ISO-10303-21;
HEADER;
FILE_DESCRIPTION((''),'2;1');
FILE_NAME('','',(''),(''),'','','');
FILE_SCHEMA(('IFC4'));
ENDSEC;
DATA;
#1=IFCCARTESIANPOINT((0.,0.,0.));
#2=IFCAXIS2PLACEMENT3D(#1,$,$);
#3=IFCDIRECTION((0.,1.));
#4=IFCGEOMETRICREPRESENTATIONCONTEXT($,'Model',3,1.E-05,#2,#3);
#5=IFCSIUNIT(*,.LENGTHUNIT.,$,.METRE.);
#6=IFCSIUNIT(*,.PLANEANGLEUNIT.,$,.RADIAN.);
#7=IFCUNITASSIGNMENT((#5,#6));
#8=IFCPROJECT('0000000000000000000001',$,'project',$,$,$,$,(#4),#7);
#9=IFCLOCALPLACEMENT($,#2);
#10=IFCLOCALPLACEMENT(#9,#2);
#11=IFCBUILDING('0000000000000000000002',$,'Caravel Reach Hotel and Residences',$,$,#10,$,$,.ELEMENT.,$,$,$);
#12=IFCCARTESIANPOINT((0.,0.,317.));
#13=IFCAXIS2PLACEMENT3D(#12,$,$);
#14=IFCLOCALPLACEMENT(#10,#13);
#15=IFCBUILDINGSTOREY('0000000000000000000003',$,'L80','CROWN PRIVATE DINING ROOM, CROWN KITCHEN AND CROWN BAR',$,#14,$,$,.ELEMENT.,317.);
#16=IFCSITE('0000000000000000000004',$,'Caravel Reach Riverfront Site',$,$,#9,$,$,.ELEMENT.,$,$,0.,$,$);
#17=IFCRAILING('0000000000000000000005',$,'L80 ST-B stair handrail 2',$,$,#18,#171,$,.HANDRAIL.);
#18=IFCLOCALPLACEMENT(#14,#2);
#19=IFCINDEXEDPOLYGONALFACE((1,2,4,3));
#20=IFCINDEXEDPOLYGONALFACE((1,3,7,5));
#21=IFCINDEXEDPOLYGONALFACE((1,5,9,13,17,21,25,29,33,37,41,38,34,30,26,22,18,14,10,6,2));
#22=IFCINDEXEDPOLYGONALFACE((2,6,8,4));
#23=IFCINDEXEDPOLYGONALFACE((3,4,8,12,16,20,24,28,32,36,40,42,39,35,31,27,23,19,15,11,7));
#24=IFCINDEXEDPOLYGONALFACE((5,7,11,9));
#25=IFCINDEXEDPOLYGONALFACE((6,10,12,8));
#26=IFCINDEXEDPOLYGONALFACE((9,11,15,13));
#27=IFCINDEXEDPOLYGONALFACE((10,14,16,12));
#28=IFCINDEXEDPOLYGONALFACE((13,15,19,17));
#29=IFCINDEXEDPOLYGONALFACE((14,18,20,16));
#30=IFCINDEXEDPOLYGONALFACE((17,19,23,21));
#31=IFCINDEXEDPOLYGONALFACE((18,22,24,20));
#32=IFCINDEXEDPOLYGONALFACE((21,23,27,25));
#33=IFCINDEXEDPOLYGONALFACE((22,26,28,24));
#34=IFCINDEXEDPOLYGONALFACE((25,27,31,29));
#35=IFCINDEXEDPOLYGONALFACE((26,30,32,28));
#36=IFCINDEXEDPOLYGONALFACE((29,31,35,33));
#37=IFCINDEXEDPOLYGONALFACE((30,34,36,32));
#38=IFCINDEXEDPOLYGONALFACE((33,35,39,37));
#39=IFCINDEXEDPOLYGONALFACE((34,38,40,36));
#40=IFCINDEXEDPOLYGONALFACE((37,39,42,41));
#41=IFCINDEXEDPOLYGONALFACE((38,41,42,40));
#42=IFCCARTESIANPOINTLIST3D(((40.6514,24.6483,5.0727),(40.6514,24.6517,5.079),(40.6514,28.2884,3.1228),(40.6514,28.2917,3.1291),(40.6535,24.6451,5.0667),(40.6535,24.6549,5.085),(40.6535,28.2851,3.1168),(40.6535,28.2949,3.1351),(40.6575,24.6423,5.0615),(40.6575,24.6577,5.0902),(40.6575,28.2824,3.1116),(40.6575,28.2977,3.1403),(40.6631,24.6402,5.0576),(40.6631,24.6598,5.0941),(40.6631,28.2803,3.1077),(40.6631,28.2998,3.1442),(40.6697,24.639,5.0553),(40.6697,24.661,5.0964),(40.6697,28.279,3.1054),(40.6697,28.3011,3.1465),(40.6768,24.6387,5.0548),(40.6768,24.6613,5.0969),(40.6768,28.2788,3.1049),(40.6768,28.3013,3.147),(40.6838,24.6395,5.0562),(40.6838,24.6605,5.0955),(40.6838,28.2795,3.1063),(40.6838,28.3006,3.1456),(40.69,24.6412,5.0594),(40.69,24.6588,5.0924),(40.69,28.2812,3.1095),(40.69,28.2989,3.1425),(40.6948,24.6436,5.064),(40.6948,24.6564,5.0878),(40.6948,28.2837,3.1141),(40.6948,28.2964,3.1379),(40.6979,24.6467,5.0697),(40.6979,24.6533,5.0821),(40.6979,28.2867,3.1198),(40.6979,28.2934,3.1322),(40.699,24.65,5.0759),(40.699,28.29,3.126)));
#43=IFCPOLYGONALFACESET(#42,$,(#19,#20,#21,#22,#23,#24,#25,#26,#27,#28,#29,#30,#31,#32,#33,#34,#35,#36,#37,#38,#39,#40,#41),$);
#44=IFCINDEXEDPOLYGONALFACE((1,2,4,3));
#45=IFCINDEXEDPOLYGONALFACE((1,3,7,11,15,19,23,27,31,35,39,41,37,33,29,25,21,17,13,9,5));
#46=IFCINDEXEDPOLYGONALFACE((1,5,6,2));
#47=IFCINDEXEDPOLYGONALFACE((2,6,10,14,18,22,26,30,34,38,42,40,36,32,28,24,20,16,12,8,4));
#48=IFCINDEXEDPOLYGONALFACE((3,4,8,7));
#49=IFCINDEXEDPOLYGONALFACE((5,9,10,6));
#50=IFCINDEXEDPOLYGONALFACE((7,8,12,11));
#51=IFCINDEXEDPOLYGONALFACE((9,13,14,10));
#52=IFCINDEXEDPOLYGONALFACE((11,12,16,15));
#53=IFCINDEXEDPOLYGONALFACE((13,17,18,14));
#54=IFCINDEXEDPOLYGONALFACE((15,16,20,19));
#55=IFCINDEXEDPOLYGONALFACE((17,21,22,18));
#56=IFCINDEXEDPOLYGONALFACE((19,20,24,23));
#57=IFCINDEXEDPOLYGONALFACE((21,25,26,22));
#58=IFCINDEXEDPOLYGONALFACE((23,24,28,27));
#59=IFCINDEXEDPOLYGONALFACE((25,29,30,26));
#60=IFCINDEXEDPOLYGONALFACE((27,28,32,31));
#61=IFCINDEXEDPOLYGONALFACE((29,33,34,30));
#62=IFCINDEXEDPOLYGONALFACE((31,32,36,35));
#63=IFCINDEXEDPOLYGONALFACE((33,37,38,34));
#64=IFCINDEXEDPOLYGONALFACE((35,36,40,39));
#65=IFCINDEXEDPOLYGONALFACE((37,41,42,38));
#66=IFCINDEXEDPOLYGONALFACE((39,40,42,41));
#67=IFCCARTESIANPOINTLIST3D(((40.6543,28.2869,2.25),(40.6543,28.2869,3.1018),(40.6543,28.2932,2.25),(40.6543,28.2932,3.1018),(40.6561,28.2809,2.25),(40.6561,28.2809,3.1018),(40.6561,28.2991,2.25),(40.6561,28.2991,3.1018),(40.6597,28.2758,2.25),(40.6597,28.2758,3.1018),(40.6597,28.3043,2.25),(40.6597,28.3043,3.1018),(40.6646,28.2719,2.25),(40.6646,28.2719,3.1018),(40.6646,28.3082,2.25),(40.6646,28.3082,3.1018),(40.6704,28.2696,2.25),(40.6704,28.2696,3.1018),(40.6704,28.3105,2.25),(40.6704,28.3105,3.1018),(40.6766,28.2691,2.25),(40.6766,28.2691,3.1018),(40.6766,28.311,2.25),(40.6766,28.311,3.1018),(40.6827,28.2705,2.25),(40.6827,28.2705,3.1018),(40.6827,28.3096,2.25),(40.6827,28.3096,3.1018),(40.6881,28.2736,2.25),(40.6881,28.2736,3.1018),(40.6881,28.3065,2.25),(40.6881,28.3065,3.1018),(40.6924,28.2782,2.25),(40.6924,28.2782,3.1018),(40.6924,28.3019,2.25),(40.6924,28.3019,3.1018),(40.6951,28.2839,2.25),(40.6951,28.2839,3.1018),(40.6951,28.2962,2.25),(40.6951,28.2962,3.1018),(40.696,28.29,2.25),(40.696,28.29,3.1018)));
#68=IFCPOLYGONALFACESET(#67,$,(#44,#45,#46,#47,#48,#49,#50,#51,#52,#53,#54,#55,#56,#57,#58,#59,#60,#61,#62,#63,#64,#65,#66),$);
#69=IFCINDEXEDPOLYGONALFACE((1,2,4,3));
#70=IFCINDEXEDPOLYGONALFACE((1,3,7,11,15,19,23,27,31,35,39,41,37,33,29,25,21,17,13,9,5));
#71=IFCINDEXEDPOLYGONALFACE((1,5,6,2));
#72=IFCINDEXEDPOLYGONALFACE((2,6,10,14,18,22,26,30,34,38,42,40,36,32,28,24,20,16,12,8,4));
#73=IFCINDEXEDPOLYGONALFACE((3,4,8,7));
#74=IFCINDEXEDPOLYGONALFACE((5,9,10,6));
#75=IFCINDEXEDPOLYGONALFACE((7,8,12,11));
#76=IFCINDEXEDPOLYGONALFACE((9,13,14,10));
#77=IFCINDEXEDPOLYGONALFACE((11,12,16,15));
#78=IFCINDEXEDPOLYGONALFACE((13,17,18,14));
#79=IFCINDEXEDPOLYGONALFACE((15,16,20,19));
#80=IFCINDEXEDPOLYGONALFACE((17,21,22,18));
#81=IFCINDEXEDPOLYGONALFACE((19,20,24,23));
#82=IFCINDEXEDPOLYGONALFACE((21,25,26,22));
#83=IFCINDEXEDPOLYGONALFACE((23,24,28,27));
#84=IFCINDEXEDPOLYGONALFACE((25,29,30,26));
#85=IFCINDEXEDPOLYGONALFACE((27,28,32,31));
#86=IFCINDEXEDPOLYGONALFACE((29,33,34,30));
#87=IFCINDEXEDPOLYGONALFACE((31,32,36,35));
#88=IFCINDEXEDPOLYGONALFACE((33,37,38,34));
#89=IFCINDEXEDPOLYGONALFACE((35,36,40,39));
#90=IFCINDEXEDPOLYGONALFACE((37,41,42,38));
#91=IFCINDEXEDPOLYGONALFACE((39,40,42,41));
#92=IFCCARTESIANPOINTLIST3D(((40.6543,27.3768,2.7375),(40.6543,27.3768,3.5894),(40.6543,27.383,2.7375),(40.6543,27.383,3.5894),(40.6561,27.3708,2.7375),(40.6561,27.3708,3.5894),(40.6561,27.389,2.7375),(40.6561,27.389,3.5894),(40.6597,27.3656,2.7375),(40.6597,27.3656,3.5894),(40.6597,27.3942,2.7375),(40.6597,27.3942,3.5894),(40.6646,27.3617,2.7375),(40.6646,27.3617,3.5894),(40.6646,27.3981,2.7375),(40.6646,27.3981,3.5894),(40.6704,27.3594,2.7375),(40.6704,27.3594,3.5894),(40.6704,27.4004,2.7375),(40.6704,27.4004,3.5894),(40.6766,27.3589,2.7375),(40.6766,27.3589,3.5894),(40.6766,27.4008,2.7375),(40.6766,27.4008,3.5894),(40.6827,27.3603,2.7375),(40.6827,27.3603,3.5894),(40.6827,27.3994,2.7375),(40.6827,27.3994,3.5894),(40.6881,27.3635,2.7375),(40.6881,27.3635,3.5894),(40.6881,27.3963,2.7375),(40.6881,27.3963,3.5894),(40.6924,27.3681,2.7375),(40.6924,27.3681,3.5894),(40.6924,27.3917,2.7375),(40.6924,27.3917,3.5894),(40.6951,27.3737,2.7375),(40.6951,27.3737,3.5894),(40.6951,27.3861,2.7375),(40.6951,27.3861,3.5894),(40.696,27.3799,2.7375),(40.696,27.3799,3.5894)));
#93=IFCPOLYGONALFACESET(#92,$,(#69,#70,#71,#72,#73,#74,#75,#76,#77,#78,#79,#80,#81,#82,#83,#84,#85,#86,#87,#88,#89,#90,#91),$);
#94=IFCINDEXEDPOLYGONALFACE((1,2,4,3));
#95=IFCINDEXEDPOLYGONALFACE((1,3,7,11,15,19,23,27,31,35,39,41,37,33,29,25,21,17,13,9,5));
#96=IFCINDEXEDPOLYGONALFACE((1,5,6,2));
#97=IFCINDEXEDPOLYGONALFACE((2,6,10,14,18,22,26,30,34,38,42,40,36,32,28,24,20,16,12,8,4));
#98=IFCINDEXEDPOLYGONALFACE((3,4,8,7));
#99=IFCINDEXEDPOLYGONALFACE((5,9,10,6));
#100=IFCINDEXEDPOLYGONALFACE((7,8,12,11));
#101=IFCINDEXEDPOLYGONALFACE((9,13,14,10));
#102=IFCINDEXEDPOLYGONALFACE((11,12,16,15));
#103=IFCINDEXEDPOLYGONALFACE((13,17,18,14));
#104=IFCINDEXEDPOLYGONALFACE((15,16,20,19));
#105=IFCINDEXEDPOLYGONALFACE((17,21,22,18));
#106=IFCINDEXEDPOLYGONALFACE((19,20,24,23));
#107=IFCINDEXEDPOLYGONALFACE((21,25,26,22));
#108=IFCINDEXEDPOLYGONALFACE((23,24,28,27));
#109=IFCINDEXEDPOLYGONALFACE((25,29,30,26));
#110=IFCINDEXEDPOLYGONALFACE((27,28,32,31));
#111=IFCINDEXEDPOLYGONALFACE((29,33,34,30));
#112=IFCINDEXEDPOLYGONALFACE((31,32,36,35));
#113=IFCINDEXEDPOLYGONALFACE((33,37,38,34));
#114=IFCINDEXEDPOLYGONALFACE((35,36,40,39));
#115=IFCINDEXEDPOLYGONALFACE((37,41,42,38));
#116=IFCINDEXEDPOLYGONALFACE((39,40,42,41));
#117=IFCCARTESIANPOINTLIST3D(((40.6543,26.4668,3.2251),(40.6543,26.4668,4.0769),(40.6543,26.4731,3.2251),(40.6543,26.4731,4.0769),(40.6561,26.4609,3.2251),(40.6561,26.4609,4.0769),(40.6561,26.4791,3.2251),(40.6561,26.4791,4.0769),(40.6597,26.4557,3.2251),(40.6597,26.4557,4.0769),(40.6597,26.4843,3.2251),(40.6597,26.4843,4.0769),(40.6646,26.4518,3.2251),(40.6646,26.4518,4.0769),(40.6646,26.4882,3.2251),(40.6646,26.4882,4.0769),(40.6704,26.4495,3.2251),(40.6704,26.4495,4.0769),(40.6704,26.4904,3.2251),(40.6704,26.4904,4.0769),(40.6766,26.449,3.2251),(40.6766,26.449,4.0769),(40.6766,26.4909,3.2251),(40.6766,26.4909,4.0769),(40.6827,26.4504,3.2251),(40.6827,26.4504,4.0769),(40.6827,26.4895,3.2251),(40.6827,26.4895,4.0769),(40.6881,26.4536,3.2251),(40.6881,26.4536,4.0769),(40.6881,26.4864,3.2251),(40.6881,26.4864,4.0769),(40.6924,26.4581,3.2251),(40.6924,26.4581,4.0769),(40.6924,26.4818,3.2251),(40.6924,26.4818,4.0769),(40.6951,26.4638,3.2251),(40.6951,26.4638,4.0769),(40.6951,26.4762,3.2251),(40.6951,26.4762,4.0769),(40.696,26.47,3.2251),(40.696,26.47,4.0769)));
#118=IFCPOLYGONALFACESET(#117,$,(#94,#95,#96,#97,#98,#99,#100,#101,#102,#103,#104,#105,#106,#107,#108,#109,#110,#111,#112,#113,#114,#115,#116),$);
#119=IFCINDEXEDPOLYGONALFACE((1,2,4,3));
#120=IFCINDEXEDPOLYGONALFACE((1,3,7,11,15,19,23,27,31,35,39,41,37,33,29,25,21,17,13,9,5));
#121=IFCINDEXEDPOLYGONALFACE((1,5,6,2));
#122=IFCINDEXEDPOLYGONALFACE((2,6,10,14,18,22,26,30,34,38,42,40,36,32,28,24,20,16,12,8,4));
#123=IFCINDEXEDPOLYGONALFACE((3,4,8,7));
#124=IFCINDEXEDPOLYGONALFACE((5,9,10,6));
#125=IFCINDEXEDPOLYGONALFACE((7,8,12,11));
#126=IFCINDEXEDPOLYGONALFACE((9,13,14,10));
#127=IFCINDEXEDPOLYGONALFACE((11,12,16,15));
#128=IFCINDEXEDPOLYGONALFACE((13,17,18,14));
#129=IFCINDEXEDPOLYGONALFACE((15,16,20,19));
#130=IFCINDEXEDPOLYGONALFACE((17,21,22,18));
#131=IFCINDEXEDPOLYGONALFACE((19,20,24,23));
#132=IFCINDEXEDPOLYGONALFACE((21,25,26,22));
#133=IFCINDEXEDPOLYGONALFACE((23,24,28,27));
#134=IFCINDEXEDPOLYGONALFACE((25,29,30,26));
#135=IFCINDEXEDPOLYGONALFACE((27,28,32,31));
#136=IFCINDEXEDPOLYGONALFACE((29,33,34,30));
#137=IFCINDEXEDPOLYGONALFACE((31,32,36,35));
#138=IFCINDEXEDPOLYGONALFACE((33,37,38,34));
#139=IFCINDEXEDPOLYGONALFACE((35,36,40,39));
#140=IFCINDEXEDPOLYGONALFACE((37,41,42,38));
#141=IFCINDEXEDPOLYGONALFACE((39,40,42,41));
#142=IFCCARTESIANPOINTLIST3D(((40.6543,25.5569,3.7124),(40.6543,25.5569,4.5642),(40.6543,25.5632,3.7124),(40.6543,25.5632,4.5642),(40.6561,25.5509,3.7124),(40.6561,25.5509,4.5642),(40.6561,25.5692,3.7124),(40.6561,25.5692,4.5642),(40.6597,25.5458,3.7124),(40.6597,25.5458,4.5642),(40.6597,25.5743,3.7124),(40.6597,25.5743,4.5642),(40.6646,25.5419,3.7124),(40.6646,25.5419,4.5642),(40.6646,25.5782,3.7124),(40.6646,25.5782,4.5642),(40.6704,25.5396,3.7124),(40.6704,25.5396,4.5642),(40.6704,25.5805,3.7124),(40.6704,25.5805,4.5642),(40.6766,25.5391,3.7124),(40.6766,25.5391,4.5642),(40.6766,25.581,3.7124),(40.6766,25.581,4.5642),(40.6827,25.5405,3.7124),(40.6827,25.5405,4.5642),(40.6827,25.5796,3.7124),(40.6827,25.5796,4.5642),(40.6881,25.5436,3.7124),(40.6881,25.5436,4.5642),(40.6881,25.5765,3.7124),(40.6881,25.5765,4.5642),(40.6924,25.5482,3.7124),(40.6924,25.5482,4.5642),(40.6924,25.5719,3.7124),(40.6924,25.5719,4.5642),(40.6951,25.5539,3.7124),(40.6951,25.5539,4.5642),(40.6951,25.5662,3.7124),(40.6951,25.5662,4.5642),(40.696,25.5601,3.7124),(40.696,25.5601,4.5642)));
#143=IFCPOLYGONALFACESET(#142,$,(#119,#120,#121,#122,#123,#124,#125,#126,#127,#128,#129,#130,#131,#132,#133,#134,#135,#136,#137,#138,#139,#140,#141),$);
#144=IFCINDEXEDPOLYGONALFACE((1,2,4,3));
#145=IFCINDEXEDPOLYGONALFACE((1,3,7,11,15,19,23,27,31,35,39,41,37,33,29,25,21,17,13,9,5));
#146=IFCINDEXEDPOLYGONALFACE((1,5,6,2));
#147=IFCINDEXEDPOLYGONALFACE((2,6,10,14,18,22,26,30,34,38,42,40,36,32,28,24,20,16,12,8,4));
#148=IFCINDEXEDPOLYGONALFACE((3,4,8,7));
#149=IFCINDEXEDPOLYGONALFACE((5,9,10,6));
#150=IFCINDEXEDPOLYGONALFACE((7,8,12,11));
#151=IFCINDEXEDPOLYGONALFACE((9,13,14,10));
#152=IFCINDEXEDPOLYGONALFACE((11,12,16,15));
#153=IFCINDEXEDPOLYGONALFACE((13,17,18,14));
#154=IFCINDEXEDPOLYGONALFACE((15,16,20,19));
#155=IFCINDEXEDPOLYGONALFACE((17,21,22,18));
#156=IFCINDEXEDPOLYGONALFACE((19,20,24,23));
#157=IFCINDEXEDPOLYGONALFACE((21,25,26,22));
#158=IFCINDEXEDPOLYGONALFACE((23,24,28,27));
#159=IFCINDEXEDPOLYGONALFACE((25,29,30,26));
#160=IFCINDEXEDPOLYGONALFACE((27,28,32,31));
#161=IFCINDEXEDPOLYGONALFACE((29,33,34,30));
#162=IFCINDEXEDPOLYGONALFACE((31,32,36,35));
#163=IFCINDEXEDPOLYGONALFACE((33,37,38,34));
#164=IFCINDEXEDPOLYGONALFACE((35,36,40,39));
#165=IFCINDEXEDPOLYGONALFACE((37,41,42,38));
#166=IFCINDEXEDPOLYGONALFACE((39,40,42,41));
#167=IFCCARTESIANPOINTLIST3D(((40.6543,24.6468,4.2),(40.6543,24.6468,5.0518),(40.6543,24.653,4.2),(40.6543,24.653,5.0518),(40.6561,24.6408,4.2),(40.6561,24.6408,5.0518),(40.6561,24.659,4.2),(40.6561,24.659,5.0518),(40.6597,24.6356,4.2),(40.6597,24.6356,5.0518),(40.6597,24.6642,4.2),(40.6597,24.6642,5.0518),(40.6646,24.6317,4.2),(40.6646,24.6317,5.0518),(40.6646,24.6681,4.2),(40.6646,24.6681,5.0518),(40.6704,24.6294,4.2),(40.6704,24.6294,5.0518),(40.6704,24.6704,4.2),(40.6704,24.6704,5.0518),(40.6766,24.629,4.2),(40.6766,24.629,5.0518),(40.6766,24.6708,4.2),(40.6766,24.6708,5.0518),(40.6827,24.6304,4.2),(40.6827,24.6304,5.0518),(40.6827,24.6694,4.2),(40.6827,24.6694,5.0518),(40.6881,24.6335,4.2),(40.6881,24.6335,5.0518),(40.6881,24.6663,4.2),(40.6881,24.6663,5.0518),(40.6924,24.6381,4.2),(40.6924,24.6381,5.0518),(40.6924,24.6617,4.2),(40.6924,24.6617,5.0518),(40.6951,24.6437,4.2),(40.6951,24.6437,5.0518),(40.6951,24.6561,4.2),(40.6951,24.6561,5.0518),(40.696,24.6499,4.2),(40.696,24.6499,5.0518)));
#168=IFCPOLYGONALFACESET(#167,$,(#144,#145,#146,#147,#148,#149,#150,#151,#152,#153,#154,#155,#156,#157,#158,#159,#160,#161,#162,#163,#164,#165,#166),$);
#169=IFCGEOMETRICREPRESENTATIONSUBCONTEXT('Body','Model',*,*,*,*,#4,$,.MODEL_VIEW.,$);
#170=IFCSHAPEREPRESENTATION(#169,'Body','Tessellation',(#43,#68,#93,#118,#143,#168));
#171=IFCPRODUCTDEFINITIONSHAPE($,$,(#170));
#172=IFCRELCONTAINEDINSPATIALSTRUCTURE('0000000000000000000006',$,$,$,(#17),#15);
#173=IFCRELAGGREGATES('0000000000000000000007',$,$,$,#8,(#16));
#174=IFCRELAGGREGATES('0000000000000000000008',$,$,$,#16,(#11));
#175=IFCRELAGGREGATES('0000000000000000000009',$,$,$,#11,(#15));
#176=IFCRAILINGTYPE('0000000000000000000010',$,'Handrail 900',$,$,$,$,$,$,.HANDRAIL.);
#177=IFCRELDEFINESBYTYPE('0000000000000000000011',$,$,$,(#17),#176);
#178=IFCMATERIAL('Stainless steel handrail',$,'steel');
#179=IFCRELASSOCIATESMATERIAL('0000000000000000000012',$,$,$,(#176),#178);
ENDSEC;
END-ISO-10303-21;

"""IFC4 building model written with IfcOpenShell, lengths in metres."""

from ifc_helpers import new_model, si_unit, direction, frame, origin, origin_2d, place, context, subcontext, project, spatial, circle, extrude, material, type_object, element, save


model = new_model("IFC4")

# Units and contexts
model_context = context("Model", 3, precision=1e-05, world=origin(), true_north=direction((0.0, 1.0)))
body_context = subcontext(model_context, "Body", "Model", "MODEL_VIEW")
ifc_project = project(units=[si_unit("LENGTHUNIT", "METRE"), si_unit("PLANEANGLEUNIT", "RADIAN")], contexts=[model_context])

# Site, building, storey
site_placement = place(None, origin())
site = spatial("IfcSite", under=ifc_project, at=site_placement, Name="Caravel Reach Riverfront Site", CompositionType="ELEMENT", RefElevation=0.0)
building_placement = place(site_placement, origin())
building = spatial("IfcBuilding", under=site, at=building_placement, Name="Caravel Reach Hotel and Residences", CompositionType="ELEMENT")
storey_placement = place(building_placement, frame((0.0, 0.0, 317.0)))
storey = spatial("IfcBuildingStorey", under=building, at=storey_placement, Name="L80", Description="CROWN PRIVATE DINING ROOM, CROWN KITCHEN AND CROWN BAR", CompositionType="ELEMENT", Elevation=317.0)

# Railing
ifc_material_1 = material(Name="Stainless steel handrail", Category="steel")
railing_type_1 = type_object("IfcRailingType", Name="Handrail 900", PredefinedType="HANDRAIL", material=ifc_material_1)
railing_1_placement = place(storey_placement, frame((40.675, 28.29, 2.25)))
element("IfcRailing", 1, at=railing_1_placement, inside=storey, type_object=railing_type_1, Name="L80 ST-B stair handrail 2", PredefinedType="HANDRAIL", context=body_context, shape_type="SweptSolid", body=[
    extrude(circle(Radius=0.0239, at=origin_2d()), frame((0.0, 0.0, 0.876), z_axis=(0.0, -0.881492, 0.472198), x_axis=(1.0, 0.0, 0.0)), (0.0, 0.0, 1.0), 4.1294),
    extrude(circle(Radius=0.021, at=origin_2d()), origin(), (0.0, 0.0, 1.0), 0.8518),
    extrude(circle(Radius=0.021, at=origin_2d()), frame((0.0, -0.9102, 0.4875)), (0.0, 0.0, 1.0), 0.8518),
    extrude(circle(Radius=0.021, at=origin_2d()), frame((0.0, -1.8201, 0.9751)), (0.0, 0.0, 1.0), 0.8518),
    extrude(circle(Radius=0.021, at=origin_2d()), frame((0.0, -2.73, 1.4624)), (0.0, 0.0, 1.0), 0.8518),
    extrude(circle(Radius=0.021, at=origin_2d()), frame((0.0, -3.6401, 1.95)), (0.0, 0.0, 1.0), 0.8518),
])

save(model, "model.ifc")
